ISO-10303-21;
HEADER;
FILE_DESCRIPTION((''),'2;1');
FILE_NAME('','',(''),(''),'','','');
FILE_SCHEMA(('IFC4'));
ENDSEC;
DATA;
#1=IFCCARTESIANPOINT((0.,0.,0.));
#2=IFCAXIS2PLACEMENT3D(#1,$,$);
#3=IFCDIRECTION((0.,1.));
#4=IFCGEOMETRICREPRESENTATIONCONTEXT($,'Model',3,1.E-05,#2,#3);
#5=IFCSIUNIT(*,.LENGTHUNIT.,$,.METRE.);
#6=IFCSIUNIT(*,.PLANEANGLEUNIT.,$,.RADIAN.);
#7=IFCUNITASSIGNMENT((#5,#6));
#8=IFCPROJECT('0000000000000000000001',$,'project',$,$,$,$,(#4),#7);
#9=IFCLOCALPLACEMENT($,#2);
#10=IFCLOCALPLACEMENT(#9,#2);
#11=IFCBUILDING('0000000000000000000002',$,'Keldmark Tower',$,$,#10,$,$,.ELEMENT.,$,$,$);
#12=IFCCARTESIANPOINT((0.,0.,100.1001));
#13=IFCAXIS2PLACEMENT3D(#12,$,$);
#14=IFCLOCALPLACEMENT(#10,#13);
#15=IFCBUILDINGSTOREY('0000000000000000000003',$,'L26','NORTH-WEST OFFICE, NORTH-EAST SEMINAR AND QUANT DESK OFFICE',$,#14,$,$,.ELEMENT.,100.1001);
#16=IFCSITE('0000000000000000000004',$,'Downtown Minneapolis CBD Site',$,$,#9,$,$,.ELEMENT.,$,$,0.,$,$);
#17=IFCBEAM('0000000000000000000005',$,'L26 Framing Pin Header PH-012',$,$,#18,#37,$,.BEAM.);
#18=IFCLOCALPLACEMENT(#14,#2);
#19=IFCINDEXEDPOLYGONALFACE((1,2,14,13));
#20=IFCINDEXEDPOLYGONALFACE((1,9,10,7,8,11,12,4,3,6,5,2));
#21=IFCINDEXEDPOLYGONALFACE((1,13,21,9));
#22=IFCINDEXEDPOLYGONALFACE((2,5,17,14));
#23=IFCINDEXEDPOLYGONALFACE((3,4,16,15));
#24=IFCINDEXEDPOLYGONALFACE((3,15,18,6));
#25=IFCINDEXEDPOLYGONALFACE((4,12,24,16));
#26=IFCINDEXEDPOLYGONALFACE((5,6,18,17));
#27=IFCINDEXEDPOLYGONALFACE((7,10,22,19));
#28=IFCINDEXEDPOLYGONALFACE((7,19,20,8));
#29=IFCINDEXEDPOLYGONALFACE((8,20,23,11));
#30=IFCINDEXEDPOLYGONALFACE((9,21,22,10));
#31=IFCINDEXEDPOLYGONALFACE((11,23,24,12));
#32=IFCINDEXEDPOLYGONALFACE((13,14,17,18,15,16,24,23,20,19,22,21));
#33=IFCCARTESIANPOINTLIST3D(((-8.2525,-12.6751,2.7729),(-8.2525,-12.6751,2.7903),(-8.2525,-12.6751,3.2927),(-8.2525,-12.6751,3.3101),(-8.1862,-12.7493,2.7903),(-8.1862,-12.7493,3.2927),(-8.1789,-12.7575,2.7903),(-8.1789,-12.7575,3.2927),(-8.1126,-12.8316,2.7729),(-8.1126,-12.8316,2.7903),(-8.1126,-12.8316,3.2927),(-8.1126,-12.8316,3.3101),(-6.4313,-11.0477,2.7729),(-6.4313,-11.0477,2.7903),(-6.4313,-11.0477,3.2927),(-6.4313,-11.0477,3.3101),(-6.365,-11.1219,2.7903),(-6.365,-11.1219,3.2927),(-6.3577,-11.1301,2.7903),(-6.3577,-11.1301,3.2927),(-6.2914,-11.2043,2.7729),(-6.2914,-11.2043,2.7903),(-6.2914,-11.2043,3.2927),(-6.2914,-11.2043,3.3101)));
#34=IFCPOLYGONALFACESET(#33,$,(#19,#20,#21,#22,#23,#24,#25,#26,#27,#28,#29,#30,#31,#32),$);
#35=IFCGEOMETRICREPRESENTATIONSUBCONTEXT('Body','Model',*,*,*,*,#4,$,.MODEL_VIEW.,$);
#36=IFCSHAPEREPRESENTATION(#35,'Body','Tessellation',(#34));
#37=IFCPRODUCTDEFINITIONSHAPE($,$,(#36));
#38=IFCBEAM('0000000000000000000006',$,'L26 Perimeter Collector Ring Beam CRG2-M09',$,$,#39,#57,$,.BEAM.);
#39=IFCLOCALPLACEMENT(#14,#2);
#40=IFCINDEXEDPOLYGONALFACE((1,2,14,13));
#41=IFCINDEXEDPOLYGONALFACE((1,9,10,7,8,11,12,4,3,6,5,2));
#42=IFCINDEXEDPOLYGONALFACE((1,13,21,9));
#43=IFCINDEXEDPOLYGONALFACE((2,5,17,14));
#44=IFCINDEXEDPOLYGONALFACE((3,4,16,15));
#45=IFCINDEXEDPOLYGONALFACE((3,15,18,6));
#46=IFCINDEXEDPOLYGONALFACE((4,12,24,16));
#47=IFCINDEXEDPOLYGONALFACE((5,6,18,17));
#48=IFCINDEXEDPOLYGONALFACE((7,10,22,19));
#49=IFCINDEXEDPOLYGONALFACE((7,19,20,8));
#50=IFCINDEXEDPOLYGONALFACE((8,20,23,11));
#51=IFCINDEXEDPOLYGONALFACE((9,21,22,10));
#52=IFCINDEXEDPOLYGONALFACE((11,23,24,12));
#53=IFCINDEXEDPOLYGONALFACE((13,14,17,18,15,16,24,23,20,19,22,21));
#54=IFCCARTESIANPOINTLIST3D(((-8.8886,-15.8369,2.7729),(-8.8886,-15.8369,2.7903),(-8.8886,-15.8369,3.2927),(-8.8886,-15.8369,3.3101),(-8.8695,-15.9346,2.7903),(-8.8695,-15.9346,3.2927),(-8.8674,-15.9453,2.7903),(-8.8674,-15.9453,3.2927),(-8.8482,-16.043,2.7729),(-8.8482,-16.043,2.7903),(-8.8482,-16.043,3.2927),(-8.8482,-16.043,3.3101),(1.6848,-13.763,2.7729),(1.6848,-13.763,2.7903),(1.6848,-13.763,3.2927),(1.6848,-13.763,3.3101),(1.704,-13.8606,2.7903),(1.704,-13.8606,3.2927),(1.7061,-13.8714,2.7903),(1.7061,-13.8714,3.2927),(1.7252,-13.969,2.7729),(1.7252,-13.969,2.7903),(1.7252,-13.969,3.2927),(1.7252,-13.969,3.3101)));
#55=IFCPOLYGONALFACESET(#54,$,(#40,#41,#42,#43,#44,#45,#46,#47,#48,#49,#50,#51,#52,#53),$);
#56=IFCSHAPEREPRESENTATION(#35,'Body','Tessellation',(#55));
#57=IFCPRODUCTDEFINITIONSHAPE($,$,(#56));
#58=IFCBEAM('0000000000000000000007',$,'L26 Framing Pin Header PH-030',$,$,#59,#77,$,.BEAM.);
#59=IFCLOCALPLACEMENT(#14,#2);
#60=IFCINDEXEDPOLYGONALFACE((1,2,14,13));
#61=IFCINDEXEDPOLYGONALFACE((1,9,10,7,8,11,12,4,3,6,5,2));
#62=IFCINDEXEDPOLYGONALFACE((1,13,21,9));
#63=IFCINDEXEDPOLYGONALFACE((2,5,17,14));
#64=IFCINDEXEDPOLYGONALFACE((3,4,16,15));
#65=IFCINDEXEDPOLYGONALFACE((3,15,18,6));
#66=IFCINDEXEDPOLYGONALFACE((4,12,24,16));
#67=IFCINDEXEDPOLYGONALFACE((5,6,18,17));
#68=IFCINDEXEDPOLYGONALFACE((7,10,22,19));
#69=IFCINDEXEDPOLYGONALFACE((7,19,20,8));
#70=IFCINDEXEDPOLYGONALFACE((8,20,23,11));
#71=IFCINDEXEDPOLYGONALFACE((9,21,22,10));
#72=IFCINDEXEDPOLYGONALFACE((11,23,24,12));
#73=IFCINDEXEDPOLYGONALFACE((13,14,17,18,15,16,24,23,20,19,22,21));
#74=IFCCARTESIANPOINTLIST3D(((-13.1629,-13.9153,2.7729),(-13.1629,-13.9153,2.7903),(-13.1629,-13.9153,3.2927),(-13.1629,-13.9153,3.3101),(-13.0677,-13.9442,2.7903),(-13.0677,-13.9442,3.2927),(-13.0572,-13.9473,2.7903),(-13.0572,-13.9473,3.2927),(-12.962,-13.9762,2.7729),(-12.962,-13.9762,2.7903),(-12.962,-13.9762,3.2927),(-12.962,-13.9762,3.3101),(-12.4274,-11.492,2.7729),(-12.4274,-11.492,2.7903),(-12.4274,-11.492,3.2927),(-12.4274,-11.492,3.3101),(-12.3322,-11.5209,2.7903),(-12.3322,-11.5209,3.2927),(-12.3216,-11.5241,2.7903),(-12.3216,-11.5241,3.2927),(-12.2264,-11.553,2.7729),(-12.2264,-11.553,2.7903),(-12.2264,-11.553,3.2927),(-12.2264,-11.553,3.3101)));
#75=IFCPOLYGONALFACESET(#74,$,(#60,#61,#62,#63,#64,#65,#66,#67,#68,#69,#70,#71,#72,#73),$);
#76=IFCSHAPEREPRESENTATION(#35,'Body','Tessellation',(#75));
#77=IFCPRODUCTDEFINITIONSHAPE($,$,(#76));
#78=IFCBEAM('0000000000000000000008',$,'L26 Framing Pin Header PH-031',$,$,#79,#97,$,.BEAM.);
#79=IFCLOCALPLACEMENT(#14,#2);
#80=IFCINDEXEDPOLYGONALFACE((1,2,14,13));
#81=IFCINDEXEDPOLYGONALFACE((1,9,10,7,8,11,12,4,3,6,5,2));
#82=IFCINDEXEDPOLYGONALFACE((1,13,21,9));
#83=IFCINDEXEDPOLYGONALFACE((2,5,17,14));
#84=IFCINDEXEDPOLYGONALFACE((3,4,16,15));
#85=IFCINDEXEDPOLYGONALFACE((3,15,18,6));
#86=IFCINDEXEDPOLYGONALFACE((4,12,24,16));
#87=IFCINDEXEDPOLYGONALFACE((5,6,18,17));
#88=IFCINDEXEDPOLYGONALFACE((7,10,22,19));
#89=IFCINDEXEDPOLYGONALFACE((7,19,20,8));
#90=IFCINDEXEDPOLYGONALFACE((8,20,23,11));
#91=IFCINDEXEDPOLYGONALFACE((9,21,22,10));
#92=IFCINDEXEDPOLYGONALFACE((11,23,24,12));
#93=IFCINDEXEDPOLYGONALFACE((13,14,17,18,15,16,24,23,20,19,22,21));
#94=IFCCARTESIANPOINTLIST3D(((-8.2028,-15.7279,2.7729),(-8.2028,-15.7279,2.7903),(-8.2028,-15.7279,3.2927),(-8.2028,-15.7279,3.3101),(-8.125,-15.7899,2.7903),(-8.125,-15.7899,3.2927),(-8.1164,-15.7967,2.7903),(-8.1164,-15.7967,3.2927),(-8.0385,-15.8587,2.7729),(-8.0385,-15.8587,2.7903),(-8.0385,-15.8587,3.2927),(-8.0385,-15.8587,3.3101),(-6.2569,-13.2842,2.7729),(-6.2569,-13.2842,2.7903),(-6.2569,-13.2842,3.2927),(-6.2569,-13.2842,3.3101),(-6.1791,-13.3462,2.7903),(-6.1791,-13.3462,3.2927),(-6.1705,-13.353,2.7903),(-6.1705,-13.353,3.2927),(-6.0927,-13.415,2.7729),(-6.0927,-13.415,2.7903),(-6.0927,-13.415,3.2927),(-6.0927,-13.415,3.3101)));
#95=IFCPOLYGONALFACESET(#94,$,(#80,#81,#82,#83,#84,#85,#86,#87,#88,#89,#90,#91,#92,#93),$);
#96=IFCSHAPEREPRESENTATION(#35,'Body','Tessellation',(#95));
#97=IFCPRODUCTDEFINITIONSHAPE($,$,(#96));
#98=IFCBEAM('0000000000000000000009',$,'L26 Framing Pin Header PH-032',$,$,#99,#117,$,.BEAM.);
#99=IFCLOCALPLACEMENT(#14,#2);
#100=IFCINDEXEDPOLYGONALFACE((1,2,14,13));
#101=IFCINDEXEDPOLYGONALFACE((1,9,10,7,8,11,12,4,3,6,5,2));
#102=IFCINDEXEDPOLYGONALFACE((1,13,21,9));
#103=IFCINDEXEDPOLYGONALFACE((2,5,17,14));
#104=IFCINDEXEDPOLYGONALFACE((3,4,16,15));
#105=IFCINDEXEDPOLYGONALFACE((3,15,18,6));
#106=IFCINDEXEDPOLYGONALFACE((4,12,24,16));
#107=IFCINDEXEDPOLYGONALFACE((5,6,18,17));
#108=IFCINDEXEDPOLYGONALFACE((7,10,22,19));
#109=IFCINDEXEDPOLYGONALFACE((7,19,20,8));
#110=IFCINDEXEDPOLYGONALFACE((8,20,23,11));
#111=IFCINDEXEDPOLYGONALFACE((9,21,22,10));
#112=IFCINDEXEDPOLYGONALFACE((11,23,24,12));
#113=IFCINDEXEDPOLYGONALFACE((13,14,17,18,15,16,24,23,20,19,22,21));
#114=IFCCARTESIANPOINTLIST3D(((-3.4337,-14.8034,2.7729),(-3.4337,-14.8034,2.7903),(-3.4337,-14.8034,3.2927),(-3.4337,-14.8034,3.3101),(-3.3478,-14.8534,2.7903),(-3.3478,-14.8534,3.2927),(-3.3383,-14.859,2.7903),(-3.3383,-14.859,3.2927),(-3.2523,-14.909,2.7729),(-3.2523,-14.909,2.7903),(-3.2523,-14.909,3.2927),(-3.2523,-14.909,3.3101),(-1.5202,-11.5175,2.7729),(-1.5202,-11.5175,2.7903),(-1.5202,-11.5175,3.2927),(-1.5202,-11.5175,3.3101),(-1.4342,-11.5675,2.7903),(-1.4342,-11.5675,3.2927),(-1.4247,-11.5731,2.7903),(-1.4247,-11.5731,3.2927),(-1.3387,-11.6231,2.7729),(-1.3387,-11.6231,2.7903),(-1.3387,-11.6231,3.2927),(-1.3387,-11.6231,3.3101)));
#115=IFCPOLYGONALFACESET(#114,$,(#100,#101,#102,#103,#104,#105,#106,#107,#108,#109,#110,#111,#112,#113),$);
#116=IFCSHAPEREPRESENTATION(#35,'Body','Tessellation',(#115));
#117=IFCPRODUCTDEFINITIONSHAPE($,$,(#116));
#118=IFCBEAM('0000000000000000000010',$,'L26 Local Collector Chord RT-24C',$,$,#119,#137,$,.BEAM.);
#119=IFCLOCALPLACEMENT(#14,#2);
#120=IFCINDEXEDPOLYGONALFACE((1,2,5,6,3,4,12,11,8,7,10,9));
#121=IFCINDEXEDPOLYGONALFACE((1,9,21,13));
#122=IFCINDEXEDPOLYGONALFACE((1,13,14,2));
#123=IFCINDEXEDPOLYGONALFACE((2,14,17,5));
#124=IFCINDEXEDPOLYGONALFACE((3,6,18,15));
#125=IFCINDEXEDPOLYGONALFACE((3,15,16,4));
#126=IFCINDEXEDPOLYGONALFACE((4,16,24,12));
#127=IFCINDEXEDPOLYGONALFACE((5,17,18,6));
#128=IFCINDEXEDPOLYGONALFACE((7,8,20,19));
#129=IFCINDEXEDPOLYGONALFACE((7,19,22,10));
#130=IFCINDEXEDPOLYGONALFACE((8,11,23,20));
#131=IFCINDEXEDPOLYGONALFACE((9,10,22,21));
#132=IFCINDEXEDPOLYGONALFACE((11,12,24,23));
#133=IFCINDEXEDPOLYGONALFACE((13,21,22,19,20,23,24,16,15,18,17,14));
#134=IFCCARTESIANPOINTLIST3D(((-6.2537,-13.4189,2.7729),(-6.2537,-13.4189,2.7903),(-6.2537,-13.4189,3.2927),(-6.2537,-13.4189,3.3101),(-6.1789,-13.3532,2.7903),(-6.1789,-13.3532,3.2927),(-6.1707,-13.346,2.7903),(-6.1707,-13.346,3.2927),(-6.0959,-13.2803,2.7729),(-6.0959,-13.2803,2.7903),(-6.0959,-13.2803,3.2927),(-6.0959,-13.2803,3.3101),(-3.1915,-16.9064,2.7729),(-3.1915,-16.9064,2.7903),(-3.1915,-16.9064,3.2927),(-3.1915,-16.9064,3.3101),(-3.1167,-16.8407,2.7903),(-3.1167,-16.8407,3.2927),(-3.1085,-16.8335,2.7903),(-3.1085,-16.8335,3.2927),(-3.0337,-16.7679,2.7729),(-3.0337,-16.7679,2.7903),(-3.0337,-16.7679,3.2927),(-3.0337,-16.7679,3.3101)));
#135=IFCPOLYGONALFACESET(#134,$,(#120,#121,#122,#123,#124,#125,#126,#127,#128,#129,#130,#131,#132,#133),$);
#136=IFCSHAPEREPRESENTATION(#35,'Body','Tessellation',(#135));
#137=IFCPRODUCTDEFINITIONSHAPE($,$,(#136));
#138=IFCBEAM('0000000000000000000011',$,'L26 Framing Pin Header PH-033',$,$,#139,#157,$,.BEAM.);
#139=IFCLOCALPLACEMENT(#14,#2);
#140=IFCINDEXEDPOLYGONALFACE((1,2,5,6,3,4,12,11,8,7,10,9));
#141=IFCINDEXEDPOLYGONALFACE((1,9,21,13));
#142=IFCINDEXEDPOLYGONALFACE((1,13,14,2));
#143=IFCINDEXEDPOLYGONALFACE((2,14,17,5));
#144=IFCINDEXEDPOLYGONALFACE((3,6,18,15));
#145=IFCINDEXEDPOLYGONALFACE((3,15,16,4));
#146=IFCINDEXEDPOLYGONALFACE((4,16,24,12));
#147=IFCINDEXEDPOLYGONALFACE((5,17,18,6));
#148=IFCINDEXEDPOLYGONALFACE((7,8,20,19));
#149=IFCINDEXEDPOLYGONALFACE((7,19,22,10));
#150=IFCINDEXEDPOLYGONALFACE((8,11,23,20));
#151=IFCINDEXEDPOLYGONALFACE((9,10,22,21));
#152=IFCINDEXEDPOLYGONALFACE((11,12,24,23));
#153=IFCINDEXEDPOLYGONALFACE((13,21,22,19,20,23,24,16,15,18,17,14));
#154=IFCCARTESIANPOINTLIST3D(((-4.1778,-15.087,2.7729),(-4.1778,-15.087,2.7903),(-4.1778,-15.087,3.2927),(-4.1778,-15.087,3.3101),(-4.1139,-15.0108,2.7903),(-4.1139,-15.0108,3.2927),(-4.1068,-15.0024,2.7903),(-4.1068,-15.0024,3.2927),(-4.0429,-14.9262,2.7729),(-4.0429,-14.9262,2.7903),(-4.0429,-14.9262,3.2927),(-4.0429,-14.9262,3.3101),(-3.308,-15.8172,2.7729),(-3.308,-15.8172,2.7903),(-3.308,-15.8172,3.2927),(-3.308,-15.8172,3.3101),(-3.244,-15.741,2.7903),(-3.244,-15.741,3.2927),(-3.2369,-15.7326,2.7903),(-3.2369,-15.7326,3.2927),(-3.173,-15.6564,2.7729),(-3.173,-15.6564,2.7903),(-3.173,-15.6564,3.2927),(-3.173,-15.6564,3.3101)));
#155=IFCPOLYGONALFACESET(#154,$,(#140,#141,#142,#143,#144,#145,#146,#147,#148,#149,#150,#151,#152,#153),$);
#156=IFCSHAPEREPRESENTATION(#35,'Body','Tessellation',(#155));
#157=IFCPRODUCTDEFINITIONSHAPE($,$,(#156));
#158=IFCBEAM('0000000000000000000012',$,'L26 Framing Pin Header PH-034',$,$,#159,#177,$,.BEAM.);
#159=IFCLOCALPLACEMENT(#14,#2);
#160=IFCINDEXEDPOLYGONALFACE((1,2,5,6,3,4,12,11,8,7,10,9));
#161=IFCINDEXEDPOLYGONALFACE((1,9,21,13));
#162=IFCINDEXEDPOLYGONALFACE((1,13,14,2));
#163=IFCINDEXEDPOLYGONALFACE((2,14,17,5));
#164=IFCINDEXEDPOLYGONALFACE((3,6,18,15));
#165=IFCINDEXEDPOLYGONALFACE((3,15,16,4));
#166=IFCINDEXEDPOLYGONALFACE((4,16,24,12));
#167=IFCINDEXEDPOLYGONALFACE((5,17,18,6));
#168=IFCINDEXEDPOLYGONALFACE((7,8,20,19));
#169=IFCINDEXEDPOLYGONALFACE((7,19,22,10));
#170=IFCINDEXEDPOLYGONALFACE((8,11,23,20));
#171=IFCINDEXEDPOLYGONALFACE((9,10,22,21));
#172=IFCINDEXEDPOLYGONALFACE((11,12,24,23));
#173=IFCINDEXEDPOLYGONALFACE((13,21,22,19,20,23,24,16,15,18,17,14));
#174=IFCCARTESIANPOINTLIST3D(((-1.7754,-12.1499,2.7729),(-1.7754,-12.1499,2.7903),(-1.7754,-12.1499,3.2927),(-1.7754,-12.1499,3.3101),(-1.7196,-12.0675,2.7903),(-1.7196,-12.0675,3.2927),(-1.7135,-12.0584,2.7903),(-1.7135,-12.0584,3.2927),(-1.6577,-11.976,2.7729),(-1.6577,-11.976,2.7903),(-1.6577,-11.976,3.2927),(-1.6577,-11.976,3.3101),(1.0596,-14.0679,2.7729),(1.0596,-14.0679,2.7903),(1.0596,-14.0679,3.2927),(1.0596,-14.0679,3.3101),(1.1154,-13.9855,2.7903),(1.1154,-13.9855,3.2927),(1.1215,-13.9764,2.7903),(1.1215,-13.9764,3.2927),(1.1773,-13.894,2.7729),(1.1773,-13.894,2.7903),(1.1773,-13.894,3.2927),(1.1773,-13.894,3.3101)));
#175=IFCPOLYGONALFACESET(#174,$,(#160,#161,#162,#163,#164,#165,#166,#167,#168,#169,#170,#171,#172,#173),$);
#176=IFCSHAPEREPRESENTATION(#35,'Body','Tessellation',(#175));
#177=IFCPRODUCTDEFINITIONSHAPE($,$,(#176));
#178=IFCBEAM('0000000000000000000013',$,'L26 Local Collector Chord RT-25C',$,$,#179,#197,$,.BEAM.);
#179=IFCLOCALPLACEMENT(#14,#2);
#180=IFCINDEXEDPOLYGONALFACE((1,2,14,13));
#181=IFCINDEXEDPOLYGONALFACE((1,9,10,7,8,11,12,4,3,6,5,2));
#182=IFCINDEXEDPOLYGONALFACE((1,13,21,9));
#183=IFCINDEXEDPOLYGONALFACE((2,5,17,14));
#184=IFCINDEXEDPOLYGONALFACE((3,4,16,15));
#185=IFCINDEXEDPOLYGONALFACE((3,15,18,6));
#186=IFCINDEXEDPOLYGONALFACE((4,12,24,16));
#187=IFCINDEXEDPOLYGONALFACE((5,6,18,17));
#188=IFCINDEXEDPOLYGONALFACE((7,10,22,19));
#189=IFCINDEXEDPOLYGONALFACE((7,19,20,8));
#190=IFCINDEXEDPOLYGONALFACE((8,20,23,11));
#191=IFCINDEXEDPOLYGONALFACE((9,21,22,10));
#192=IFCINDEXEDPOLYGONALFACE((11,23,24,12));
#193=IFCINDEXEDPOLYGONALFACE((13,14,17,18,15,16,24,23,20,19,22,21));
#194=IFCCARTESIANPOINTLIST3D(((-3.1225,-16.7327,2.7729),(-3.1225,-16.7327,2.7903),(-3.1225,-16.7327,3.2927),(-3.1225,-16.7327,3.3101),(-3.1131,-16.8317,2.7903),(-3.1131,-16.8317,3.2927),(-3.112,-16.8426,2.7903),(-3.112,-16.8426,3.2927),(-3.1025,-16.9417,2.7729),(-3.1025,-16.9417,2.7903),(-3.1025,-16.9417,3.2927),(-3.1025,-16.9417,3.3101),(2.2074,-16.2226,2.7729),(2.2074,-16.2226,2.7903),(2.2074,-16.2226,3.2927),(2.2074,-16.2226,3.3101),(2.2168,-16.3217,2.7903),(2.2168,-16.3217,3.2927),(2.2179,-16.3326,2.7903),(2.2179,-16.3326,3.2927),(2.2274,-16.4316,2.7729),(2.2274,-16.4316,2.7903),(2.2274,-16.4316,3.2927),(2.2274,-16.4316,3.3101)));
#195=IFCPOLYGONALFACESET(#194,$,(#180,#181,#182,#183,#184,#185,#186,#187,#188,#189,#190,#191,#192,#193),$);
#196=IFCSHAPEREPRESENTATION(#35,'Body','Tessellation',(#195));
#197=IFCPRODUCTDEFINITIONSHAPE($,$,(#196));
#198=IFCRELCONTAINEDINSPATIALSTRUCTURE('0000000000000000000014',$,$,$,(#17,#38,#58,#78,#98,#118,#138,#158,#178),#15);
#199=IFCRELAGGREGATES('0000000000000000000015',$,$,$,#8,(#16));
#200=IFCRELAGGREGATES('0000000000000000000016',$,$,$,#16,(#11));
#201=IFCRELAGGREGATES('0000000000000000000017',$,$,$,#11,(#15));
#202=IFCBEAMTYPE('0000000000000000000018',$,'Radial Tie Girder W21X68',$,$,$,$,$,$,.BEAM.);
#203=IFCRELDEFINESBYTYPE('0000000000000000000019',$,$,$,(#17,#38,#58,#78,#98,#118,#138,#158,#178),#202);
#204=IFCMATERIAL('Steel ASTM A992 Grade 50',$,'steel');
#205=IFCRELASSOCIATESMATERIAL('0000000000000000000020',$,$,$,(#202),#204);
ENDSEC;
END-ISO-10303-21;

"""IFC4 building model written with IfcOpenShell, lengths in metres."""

from ifc_helpers import new_model, si_unit, direction, frame, origin, origin_2d, place, context, subcontext, project, spatial, i_section, extrude, material, material_profile, profile_set, type_object, element, save


model = new_model("IFC4")

# Units and contexts
model_context = context("Model", 3, precision=1e-05, world=origin(), true_north=direction((0.0, 1.0)))
body_context = subcontext(model_context, "Body", "Model", "MODEL_VIEW")
ifc_project = project(units=[si_unit("LENGTHUNIT", "METRE"), si_unit("PLANEANGLEUNIT", "RADIAN")], contexts=[model_context])

# Site, building, storey
site_placement = place(None, origin())
site = spatial("IfcSite", under=ifc_project, at=site_placement, Name="Downtown Minneapolis CBD Site", CompositionType="ELEMENT", RefElevation=0.0)
building_placement = place(site_placement, origin())
building = spatial("IfcBuilding", under=site, at=building_placement, Name="Keldmark Tower", CompositionType="ELEMENT")
storey_placement = place(building_placement, frame((0.0, 0.0, 100.1001)))
storey = spatial("IfcBuildingStorey", under=building, at=storey_placement, Name="L26", Description="NORTH-WEST OFFICE, NORTH-EAST SEMINAR AND QUANT DESK OFFICE", CompositionType="ELEMENT", Elevation=100.1001)

# Beams
ifc_material_1 = material(Name="Steel ASTM A992 Grade 50", Category="steel")
ifc_material_profile_1 = material_profile(ifc_material_1, i_section(OverallWidth=0.21, OverallDepth=0.5371, WebThickness=0.011, FlangeThickness=0.0173, at=origin_2d()), Name="W21X68")
ifc_profile_set_1 = profile_set([ifc_material_profile_1], Name="Steel ASTM A992 Grade 50")
beam_type_1 = type_object("IfcBeamType", Name="Radial Tie Girder W21X68", PredefinedType="BEAM", material=ifc_profile_set_1)
beam_1_placement = place(storey_placement, frame((-6.3613, -11.126, 3.0415), z_axis=(-0.745675, -0.66631, 0.0), x_axis=(0.66631, -0.745675, 0.0)))
element("IfcBeam", 1, at=beam_1_placement, inside=storey, type_object=beam_type_1, Name="L26 Framing Pin Header PH-012", PredefinedType="BEAM", context=body_context, shape_type="SweptSolid", body=[
    extrude(i_section(OverallWidth=0.21, OverallDepth=0.5371, WebThickness=0.011, FlangeThickness=0.0173, at=origin_2d()), origin(), (0.0, 0.0, 1.0), 2.4424),
])
beam_2_placement = place(storey_placement, frame((-8.8684, -15.9399, 3.0415), z_axis=(0.981301, 0.192481, 0.0), x_axis=(-0.192481, 0.981301, 0.0)))
element("IfcBeam", 2, at=beam_2_placement, inside=storey, type_object=beam_type_1, Name="L26 Perimeter Collector Ring Beam CRG2-M09", PredefinedType="BEAM", context=body_context, shape_type="SweptSolid", body=[
    extrude(i_section(OverallWidth=0.21, OverallDepth=0.5371, WebThickness=0.011, FlangeThickness=0.0173, at=origin_2d()), origin(), (0.0, 0.0, 1.0), 10.7749),
])
beam_3_placement = place(storey_placement, frame((-12.3269, -11.5225, 3.0415), z_axis=(-0.29046, -0.956887, 0.0), x_axis=(0.956887, -0.29046, 0.0)))
element("IfcBeam", 3, at=beam_3_placement, inside=storey, type_object=beam_type_1, Name="L26 Framing Pin Header PH-030", PredefinedType="BEAM", context=body_context, shape_type="SweptSolid", body=[
    extrude(i_section(OverallWidth=0.21, OverallDepth=0.5371, WebThickness=0.011, FlangeThickness=0.0173, at=origin_2d()), origin(), (0.0, 0.0, 1.0), 2.5325),
])
beam_4_placement = place(storey_placement, frame((-6.1748, -13.3496, 3.0415), z_axis=(-0.622921, -0.782285, 0.0), x_axis=(0.782285, -0.622921, 0.0)))
element("IfcBeam", 4, at=beam_4_placement, inside=storey, type_object=beam_type_1, Name="L26 Framing Pin Header PH-031", PredefinedType="BEAM", context=body_context, shape_type="SweptSolid", body=[
    extrude(i_section(OverallWidth=0.21, OverallDepth=0.5371, WebThickness=0.011, FlangeThickness=0.0173, at=origin_2d()), origin(), (0.0, 0.0, 1.0), 3.1238),
])
beam_5_placement = place(storey_placement, frame((-1.4294, -11.5703, 3.0415), z_axis=(-0.503244, -0.864144, 0.0), x_axis=(0.864144, -0.503244, 0.0)))
element("IfcBeam", 5, at=beam_5_placement, inside=storey, type_object=beam_type_1, Name="L26 Framing Pin Header PH-032", PredefinedType="BEAM", context=body_context, shape_type="SweptSolid", body=[
    extrude(i_section(OverallWidth=0.21, OverallDepth=0.5371, WebThickness=0.011, FlangeThickness=0.0173, at=origin_2d()), origin(), (0.0, 0.0, 1.0), 3.8025),
])
beam_6_placement = place(storey_placement, frame((-6.1748, -13.3496, 3.0415), z_axis=(0.659803, -0.751438, 0.0), x_axis=(0.751438, 0.659803, 0.0)))
element("IfcBeam", 6, at=beam_6_placement, inside=storey, type_object=beam_type_1, Name="L26 Local Collector Chord RT-24C", PredefinedType="BEAM", context=body_context, shape_type="SweptSolid", body=[
    extrude(i_section(OverallWidth=0.21, OverallDepth=0.5371, WebThickness=0.011, FlangeThickness=0.0173, at=origin_2d()), origin(), (0.0, 0.0, 1.0), 4.6411),
])
beam_7_placement = place(storey_placement, frame((-4.1104, -15.0066, 3.0415), z_axis=(0.765908, -0.64295, 0.0), x_axis=(0.64295, 0.765908, 0.0)))
element("IfcBeam", 7, at=beam_7_placement, inside=storey, type_object=beam_type_1, Name="L26 Framing Pin Header PH-033", PredefinedType="BEAM", context=body_context, shape_type="SweptSolid", body=[
    extrude(i_section(OverallWidth=0.21, OverallDepth=0.5371, WebThickness=0.011, FlangeThickness=0.0173, at=origin_2d()), origin(), (0.0, 0.0, 1.0), 1.1357),
])
beam_8_placement = place(storey_placement, frame((-1.7166, -12.063, 3.0415), z_axis=(0.828256, -0.56035, 0.0), x_axis=(0.56035, 0.828256, 0.0)))
element("IfcBeam", 8, at=beam_8_placement, inside=storey, type_object=beam_type_1, Name="L26 Framing Pin Header PH-034", PredefinedType="BEAM", context=body_context, shape_type="SweptSolid", body=[
    extrude(i_section(OverallWidth=0.21, OverallDepth=0.5371, WebThickness=0.011, FlangeThickness=0.0173, at=origin_2d()), origin(), (0.0, 0.0, 1.0), 3.4229),
])
beam_9_placement = place(storey_placement, frame((-3.1125, -16.8372, 3.0415), z_axis=(0.995453, 0.095255, 0.0), x_axis=(-0.095255, 0.995453, 0.0)))
element("IfcBeam", 9, at=beam_9_placement, inside=storey, type_object=beam_type_1, Name="L26 Local Collector Chord RT-25C", PredefinedType="BEAM", context=body_context, shape_type="SweptSolid", body=[
    extrude(i_section(OverallWidth=0.21, OverallDepth=0.5371, WebThickness=0.011, FlangeThickness=0.0173, at=origin_2d()), origin(), (0.0, 0.0, 1.0), 5.3542),
])

save(model, "model.ifc")
